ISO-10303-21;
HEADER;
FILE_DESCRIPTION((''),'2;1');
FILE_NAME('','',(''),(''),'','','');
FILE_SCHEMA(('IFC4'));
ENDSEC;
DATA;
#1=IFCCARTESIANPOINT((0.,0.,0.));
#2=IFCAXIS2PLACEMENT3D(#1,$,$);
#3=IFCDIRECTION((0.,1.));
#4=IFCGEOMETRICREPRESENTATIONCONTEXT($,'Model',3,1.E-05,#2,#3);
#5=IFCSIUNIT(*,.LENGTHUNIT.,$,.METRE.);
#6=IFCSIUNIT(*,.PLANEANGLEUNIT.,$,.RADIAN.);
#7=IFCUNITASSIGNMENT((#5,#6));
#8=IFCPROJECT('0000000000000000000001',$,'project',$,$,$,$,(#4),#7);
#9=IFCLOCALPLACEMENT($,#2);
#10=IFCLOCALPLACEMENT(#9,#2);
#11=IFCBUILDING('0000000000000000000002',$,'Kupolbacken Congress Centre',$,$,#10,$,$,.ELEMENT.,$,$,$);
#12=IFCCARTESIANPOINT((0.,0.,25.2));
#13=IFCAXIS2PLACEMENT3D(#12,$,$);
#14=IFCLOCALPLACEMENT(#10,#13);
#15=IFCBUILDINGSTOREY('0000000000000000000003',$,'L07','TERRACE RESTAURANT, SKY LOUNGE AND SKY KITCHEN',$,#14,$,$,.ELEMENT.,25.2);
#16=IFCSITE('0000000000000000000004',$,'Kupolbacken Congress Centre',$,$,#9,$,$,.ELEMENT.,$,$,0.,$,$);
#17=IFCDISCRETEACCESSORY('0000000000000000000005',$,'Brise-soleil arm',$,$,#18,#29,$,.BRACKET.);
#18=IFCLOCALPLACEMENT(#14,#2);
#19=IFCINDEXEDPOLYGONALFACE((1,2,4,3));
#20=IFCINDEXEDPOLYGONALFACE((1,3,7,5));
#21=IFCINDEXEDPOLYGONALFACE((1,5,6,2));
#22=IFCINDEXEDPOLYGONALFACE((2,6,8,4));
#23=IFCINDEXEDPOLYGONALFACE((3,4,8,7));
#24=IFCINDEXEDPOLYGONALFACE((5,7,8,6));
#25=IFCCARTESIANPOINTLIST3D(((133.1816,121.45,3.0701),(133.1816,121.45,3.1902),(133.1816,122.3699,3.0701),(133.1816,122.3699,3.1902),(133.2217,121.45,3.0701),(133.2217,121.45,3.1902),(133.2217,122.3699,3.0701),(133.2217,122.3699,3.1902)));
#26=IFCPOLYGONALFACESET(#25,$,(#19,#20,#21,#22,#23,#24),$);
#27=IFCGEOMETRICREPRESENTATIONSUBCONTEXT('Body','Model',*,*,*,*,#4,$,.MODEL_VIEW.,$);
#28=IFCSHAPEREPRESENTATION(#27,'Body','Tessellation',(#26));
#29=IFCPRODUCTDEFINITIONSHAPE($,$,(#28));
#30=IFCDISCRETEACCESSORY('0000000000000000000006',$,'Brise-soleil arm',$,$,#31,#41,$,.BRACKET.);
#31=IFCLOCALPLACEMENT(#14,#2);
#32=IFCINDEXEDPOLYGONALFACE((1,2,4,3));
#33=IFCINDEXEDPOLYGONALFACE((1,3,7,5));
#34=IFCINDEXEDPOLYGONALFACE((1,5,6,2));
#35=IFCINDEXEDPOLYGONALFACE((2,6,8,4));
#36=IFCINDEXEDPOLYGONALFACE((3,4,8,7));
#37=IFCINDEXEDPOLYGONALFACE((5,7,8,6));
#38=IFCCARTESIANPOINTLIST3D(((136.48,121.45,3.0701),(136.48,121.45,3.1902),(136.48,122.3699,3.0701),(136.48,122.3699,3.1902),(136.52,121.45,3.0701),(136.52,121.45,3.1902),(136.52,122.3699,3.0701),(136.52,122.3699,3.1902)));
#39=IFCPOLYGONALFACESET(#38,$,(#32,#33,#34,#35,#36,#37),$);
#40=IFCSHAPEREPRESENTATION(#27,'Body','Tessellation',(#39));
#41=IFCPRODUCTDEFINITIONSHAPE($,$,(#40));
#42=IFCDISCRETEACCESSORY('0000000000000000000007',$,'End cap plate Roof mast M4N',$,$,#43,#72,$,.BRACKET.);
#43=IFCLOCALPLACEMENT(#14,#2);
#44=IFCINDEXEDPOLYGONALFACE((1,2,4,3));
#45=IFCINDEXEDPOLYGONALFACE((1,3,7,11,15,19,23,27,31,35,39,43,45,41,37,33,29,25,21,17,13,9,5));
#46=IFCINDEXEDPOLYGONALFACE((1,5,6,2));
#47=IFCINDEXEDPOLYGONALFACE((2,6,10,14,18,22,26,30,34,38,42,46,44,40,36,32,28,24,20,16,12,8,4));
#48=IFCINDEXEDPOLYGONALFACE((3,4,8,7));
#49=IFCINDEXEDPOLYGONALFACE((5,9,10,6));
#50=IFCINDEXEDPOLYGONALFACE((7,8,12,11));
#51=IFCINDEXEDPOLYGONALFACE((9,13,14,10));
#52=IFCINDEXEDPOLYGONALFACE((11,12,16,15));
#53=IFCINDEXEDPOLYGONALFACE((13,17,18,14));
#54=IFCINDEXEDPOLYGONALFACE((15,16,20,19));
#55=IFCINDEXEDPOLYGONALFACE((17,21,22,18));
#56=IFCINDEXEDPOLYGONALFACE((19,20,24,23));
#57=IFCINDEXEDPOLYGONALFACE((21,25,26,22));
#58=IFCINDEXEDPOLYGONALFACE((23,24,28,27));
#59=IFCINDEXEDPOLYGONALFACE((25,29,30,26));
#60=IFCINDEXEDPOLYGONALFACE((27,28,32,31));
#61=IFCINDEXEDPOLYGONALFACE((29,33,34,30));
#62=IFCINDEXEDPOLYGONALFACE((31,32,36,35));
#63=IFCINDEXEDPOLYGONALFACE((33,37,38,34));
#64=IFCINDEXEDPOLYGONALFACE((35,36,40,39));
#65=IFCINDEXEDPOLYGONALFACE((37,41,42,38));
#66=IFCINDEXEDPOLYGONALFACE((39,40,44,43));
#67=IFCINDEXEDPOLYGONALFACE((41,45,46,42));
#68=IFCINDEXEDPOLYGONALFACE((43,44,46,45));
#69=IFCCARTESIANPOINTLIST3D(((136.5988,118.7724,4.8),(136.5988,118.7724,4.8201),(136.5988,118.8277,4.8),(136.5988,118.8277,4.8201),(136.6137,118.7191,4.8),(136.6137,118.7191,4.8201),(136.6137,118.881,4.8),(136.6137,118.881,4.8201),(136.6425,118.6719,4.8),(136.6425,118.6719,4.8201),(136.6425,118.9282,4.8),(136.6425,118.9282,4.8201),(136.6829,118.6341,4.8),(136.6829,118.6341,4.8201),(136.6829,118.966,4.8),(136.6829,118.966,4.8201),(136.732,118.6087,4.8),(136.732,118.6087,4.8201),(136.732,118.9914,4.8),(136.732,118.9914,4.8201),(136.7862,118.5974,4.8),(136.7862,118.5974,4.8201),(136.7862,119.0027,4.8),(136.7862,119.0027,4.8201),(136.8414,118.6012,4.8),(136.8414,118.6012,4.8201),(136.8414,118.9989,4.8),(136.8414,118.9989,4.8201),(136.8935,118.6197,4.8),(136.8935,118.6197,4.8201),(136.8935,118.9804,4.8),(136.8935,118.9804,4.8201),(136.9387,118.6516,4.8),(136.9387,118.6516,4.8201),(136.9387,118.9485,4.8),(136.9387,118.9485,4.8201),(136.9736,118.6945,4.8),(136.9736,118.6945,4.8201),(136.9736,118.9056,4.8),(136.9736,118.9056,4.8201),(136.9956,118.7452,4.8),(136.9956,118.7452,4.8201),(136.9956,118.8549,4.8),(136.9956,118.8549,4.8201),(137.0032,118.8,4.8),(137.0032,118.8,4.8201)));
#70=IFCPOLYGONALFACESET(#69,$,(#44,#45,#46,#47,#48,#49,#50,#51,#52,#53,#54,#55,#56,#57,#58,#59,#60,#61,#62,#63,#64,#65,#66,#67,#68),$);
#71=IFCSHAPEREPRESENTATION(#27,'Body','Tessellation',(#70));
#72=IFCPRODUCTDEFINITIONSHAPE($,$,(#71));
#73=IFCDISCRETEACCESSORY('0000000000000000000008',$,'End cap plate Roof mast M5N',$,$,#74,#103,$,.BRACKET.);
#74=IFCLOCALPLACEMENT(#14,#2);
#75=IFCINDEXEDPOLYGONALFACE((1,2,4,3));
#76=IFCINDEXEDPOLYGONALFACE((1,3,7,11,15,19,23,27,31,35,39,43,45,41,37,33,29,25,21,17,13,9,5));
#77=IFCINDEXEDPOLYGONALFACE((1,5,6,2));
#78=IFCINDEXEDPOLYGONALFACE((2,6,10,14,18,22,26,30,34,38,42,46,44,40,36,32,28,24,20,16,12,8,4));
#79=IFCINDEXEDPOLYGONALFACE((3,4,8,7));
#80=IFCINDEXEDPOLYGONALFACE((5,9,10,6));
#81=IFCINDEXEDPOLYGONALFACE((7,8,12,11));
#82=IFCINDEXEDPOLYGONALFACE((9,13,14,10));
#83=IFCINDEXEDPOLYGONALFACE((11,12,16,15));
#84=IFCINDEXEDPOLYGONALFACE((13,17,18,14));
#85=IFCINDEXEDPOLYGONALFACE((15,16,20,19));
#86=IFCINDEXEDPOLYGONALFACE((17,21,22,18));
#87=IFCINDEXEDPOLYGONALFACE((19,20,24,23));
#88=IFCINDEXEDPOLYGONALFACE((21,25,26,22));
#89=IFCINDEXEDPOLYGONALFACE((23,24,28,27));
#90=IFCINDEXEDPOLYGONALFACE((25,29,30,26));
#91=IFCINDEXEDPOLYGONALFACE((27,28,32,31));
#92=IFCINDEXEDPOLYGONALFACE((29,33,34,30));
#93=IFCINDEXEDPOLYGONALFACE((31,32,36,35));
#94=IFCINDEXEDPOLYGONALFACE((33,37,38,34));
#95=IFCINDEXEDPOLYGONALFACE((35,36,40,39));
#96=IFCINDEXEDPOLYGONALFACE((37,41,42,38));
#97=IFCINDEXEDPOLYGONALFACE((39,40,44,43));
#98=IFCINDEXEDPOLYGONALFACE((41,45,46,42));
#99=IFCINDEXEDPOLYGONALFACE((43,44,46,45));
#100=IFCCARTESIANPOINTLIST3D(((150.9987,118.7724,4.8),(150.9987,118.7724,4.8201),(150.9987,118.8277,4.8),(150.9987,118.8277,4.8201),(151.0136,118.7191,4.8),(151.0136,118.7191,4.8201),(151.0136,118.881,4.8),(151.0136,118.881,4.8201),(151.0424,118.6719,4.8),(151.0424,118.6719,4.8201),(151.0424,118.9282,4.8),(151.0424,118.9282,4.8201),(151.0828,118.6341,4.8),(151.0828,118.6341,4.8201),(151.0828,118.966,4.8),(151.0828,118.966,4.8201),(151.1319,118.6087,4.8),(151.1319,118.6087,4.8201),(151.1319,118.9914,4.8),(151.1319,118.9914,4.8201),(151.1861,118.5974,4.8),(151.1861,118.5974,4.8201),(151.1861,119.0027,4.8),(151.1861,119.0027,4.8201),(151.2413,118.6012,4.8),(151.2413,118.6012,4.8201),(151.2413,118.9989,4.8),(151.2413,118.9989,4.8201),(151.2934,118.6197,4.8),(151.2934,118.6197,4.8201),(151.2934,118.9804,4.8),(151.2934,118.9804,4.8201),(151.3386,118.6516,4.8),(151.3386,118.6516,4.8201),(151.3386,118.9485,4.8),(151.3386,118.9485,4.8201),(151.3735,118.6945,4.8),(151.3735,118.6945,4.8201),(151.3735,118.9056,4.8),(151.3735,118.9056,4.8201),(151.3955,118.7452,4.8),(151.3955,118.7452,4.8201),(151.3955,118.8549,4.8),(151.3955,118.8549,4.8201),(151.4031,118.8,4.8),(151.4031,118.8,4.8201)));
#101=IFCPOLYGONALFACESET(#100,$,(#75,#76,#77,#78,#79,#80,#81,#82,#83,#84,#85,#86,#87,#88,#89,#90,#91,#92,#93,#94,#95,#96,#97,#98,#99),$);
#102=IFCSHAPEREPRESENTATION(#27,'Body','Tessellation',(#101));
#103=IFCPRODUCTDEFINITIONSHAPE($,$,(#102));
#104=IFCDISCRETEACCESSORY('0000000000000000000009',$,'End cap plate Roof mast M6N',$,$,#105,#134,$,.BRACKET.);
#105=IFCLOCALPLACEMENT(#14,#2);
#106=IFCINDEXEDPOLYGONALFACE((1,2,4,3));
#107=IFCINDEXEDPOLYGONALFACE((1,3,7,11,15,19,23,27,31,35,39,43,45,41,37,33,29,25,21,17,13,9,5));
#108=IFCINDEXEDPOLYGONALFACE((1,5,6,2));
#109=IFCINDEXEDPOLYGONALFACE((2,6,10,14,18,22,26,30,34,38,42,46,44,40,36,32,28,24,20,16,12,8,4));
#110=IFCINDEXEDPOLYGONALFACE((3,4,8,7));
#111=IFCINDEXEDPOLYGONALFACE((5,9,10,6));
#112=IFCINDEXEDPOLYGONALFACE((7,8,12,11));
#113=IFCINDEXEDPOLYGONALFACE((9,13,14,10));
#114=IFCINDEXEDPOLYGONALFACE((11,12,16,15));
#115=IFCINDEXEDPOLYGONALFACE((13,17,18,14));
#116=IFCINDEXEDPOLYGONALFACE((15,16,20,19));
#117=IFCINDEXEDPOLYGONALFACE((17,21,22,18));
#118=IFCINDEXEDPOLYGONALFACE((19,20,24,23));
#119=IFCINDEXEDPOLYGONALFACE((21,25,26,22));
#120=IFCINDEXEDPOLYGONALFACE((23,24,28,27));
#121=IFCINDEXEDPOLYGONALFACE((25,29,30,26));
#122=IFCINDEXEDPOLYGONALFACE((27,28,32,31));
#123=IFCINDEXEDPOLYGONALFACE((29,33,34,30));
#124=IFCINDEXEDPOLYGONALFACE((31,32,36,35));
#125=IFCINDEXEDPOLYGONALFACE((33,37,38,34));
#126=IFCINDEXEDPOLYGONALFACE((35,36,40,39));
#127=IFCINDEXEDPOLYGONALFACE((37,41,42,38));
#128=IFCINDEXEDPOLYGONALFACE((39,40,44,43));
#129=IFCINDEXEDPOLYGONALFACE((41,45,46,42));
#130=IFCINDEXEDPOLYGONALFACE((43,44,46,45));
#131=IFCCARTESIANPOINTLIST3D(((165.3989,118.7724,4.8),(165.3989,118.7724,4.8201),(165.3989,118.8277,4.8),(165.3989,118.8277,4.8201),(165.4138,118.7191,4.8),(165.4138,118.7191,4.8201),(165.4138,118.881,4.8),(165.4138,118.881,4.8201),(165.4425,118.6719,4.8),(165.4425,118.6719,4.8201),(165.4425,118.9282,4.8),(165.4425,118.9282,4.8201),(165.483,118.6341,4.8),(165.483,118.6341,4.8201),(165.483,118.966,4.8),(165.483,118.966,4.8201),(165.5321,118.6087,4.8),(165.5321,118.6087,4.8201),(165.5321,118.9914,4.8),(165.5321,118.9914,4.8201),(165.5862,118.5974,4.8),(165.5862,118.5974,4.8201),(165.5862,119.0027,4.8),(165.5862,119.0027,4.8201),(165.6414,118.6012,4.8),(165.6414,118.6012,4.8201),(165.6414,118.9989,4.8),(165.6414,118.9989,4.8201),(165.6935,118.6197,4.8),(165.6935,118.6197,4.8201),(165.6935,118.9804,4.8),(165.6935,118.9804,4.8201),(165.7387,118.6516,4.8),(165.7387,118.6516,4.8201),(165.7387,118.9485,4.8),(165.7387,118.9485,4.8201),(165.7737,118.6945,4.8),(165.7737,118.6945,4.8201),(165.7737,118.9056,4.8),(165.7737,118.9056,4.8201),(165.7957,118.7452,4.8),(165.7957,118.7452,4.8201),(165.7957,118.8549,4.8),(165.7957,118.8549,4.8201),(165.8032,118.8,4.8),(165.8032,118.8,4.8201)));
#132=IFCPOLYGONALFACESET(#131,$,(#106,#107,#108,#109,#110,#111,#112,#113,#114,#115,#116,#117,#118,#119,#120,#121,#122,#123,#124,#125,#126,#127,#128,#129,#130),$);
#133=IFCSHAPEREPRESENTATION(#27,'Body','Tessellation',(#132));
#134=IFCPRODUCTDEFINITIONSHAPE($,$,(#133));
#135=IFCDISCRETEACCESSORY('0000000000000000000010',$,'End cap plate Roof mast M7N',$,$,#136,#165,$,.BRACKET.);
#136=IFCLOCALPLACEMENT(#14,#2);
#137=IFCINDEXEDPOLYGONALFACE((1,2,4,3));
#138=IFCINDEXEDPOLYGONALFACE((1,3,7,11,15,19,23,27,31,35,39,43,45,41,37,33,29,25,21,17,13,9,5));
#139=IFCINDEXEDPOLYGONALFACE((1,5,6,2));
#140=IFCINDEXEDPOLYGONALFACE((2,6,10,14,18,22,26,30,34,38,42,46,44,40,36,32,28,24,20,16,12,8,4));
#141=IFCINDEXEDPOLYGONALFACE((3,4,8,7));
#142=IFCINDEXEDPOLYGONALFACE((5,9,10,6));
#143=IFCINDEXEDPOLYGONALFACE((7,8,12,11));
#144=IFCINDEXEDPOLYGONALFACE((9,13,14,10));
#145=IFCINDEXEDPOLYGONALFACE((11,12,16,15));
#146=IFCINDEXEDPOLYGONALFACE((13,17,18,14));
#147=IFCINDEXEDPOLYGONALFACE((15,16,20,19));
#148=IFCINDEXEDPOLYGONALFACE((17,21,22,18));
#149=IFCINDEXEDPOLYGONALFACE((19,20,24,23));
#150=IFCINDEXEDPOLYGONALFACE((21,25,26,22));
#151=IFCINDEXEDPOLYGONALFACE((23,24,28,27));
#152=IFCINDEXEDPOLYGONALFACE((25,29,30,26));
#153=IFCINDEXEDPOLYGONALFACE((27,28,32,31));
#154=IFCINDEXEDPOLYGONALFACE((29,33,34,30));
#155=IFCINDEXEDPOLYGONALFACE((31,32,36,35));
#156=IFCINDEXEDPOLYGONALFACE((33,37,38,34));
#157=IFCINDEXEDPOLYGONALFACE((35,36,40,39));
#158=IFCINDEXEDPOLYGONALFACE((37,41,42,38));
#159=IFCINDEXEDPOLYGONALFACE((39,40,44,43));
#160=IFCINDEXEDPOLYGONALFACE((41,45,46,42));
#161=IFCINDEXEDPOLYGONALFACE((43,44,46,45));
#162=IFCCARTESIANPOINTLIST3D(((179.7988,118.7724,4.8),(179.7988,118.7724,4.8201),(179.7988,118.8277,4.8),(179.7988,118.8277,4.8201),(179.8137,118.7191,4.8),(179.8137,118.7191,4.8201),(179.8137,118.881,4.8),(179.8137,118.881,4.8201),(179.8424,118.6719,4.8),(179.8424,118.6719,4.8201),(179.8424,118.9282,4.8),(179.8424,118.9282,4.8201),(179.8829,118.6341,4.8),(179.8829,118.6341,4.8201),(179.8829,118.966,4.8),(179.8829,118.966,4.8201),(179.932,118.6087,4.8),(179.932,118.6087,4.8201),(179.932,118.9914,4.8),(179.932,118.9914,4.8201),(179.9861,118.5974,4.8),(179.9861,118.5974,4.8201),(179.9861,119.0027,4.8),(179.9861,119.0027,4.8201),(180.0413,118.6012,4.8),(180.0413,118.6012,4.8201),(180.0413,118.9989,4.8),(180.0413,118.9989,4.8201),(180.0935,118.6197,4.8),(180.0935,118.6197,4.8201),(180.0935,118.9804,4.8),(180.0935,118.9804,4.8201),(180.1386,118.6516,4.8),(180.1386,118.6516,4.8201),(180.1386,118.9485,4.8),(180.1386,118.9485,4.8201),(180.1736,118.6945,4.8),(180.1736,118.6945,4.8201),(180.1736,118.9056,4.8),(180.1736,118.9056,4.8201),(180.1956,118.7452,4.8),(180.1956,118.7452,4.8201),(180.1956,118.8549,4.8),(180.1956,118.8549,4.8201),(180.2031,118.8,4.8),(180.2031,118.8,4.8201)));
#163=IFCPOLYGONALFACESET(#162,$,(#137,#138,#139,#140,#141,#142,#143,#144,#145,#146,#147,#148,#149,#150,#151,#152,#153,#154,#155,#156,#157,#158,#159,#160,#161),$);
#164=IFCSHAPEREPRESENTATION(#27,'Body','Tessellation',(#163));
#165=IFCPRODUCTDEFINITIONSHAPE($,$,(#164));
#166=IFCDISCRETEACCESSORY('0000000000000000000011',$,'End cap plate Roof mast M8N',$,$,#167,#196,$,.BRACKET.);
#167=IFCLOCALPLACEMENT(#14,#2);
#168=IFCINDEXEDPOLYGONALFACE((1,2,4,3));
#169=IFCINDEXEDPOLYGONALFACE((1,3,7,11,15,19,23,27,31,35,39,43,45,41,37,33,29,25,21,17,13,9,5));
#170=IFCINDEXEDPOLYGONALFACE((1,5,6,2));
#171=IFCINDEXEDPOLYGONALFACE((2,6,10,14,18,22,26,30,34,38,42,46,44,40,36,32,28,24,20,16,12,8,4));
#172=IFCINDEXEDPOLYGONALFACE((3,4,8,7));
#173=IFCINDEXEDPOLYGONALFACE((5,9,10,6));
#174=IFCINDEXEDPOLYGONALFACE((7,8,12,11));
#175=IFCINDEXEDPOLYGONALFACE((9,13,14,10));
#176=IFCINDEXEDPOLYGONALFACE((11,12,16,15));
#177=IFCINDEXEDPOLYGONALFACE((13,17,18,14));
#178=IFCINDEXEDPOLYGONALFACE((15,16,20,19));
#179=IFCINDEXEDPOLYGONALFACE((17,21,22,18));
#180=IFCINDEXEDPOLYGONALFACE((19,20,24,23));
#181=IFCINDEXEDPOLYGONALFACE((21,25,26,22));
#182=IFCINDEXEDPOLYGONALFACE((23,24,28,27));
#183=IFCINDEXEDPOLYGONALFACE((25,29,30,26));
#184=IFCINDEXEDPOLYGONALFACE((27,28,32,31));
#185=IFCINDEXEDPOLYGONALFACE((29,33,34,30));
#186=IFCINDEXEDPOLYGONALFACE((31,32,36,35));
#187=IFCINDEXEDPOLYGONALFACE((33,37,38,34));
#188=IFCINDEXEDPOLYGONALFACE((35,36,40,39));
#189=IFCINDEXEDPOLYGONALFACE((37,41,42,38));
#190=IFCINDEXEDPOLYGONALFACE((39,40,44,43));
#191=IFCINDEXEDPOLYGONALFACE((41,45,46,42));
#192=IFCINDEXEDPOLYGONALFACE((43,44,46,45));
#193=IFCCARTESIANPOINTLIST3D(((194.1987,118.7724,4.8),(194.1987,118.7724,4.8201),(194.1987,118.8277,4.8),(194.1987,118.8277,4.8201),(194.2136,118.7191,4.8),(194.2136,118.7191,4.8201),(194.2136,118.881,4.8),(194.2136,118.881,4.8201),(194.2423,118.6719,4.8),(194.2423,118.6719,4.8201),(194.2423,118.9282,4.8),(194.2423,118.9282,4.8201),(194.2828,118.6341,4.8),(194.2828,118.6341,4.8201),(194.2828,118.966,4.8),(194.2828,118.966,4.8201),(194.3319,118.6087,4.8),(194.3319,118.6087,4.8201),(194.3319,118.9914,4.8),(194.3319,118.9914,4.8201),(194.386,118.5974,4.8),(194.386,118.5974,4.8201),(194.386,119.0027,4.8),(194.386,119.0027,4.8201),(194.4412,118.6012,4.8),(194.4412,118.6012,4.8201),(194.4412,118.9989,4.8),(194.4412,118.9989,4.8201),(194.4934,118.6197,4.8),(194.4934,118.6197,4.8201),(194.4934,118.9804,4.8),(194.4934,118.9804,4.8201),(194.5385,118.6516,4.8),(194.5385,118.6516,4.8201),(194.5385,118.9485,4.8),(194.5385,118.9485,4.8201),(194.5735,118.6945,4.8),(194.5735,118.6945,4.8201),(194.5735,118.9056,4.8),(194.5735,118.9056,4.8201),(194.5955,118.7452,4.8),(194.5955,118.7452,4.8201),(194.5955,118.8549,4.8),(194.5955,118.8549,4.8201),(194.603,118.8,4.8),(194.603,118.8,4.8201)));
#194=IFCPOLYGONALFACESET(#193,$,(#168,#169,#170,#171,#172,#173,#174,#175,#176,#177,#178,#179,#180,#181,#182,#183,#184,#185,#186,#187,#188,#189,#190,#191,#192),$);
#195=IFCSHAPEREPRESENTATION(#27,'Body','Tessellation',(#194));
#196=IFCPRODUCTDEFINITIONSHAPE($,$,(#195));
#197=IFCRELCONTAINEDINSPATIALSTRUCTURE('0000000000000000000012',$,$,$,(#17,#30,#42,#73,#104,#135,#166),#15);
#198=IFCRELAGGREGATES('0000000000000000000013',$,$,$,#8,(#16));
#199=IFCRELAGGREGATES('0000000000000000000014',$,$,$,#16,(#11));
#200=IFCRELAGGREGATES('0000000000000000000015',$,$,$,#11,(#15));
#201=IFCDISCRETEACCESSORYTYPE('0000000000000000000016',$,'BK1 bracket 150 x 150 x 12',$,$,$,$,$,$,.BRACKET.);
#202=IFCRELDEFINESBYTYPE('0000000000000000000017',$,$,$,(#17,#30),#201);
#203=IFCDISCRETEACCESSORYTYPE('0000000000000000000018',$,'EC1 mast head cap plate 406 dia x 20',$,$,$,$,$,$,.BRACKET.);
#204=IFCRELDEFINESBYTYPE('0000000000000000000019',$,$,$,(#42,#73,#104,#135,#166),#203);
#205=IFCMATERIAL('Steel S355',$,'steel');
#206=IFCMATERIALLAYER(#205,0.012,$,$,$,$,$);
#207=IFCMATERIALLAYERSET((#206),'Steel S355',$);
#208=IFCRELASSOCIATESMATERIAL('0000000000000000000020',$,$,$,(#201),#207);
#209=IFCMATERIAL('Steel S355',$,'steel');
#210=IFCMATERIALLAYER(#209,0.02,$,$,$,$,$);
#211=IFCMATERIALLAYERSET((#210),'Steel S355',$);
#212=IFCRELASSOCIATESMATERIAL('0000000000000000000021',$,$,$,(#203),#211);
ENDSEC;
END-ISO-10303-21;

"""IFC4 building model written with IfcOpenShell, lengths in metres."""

from ifc_helpers import new_model, si_unit, direction, frame, origin, origin_2d, place, context, subcontext, project, spatial, rectangle, circle, extrude, material, layer, layer_set, type_object, element, save


model = new_model("IFC4")

# Units and contexts
model_context = context("Model", 3, precision=1e-05, world=origin(), true_north=direction((0.0, 1.0)))
body_context = subcontext(model_context, "Body", "Model", "MODEL_VIEW")
ifc_project = project(units=[si_unit("LENGTHUNIT", "METRE"), si_unit("PLANEANGLEUNIT", "RADIAN")], contexts=[model_context])

# Site, building, storey
site_placement = place(None, origin())
site = spatial("IfcSite", under=ifc_project, at=site_placement, Name="Kupolbacken Congress Centre", CompositionType="ELEMENT", RefElevation=0.0)
building_placement = place(site_placement, origin())
building = spatial("IfcBuilding", under=site, at=building_placement, Name="Kupolbacken Congress Centre", CompositionType="ELEMENT")
storey_placement = place(building_placement, frame((0.0, 0.0, 25.2)))
storey = spatial("IfcBuildingStorey", under=building, at=storey_placement, Name="L07", Description="TERRACE RESTAURANT, SKY LOUNGE AND SKY KITCHEN", CompositionType="ELEMENT", Elevation=25.2)

# Discrete accessories
ifc_material_1 = material(Name="Steel S355", Category="steel")
ifc_layer_1 = layer(ifc_material_1, 0.012)
ifc_layer_set_1 = layer_set([ifc_layer_1], Name="Steel S355")
discrete_accessory_type_1 = type_object("IfcDiscreteAccessoryType", Name="BK1 bracket 150 x 150 x 12", PredefinedType="BRACKET", material=ifc_layer_set_1)
for number, where, z_axis, x_axis, name in (
    (1, (133.2017, 121.9099, 3.0701), (0.0, 0.0, 1.0), (1.0, 0.0, 0.0), "Brise-soleil arm"),
    (2, (136.5, 121.9099, 3.0701), (0.0, 0.0, 1.0), (1.0, 0.0, 0.0), "Brise-soleil arm"),
):
    element("IfcDiscreteAccessory", number, at=place(storey_placement, frame(where, z_axis=z_axis, x_axis=x_axis)), inside=storey, type_object=discrete_accessory_type_1, Name=name, PredefinedType="BRACKET", context=body_context, shape_type="SweptSolid", body=[
        extrude(rectangle(XDim=0.04, YDim=0.9199, at=origin_2d()), origin(), (0.0, 0.0, 1.0), 0.1201),
    ])
ifc_material_2 = material(Name="Steel S355", Category="steel")
ifc_layer_2 = layer(ifc_material_2, 0.02)
ifc_layer_set_2 = layer_set([ifc_layer_2], Name="Steel S355")
discrete_accessory_type_2 = type_object("IfcDiscreteAccessoryType", Name="EC1 mast head cap plate 406 dia x 20", PredefinedType="BRACKET", material=ifc_layer_set_2)
for number, where, z_axis, x_axis, name in (
    (3, (136.8, 118.8, 4.8), (0.0, 0.0, 1.0), (1.0, 0.0, 0.0), "End cap plate Roof mast M4N"),
    (4, (151.2, 118.8, 4.8), (0.0, 0.0, 1.0), (1.0, 0.0, 0.0), "End cap plate Roof mast M5N"),
    (5, (165.6001, 118.8, 4.8), (0.0, 0.0, 1.0), (1.0, 0.0, 0.0), "End cap plate Roof mast M6N"),
    (6, (180.0, 118.8, 4.8), (0.0, 0.0, 1.0), (1.0, 0.0, 0.0), "End cap plate Roof mast M7N"),
    (7, (194.3999, 118.8, 4.8), (0.0, 0.0, 1.0), (1.0, 0.0, 0.0), "End cap plate Roof mast M8N"),
):
    element("IfcDiscreteAccessory", number, at=place(storey_placement, frame(where, z_axis=z_axis, x_axis=x_axis)), inside=storey, type_object=discrete_accessory_type_2, Name=name, PredefinedType="BRACKET", context=body_context, shape_type="SweptSolid", body=[
        extrude(circle(Radius=0.2031, at=origin_2d()), origin(), (0.0, 0.0, 1.0), 0.02),
    ])

save(model, "model.ifc")
